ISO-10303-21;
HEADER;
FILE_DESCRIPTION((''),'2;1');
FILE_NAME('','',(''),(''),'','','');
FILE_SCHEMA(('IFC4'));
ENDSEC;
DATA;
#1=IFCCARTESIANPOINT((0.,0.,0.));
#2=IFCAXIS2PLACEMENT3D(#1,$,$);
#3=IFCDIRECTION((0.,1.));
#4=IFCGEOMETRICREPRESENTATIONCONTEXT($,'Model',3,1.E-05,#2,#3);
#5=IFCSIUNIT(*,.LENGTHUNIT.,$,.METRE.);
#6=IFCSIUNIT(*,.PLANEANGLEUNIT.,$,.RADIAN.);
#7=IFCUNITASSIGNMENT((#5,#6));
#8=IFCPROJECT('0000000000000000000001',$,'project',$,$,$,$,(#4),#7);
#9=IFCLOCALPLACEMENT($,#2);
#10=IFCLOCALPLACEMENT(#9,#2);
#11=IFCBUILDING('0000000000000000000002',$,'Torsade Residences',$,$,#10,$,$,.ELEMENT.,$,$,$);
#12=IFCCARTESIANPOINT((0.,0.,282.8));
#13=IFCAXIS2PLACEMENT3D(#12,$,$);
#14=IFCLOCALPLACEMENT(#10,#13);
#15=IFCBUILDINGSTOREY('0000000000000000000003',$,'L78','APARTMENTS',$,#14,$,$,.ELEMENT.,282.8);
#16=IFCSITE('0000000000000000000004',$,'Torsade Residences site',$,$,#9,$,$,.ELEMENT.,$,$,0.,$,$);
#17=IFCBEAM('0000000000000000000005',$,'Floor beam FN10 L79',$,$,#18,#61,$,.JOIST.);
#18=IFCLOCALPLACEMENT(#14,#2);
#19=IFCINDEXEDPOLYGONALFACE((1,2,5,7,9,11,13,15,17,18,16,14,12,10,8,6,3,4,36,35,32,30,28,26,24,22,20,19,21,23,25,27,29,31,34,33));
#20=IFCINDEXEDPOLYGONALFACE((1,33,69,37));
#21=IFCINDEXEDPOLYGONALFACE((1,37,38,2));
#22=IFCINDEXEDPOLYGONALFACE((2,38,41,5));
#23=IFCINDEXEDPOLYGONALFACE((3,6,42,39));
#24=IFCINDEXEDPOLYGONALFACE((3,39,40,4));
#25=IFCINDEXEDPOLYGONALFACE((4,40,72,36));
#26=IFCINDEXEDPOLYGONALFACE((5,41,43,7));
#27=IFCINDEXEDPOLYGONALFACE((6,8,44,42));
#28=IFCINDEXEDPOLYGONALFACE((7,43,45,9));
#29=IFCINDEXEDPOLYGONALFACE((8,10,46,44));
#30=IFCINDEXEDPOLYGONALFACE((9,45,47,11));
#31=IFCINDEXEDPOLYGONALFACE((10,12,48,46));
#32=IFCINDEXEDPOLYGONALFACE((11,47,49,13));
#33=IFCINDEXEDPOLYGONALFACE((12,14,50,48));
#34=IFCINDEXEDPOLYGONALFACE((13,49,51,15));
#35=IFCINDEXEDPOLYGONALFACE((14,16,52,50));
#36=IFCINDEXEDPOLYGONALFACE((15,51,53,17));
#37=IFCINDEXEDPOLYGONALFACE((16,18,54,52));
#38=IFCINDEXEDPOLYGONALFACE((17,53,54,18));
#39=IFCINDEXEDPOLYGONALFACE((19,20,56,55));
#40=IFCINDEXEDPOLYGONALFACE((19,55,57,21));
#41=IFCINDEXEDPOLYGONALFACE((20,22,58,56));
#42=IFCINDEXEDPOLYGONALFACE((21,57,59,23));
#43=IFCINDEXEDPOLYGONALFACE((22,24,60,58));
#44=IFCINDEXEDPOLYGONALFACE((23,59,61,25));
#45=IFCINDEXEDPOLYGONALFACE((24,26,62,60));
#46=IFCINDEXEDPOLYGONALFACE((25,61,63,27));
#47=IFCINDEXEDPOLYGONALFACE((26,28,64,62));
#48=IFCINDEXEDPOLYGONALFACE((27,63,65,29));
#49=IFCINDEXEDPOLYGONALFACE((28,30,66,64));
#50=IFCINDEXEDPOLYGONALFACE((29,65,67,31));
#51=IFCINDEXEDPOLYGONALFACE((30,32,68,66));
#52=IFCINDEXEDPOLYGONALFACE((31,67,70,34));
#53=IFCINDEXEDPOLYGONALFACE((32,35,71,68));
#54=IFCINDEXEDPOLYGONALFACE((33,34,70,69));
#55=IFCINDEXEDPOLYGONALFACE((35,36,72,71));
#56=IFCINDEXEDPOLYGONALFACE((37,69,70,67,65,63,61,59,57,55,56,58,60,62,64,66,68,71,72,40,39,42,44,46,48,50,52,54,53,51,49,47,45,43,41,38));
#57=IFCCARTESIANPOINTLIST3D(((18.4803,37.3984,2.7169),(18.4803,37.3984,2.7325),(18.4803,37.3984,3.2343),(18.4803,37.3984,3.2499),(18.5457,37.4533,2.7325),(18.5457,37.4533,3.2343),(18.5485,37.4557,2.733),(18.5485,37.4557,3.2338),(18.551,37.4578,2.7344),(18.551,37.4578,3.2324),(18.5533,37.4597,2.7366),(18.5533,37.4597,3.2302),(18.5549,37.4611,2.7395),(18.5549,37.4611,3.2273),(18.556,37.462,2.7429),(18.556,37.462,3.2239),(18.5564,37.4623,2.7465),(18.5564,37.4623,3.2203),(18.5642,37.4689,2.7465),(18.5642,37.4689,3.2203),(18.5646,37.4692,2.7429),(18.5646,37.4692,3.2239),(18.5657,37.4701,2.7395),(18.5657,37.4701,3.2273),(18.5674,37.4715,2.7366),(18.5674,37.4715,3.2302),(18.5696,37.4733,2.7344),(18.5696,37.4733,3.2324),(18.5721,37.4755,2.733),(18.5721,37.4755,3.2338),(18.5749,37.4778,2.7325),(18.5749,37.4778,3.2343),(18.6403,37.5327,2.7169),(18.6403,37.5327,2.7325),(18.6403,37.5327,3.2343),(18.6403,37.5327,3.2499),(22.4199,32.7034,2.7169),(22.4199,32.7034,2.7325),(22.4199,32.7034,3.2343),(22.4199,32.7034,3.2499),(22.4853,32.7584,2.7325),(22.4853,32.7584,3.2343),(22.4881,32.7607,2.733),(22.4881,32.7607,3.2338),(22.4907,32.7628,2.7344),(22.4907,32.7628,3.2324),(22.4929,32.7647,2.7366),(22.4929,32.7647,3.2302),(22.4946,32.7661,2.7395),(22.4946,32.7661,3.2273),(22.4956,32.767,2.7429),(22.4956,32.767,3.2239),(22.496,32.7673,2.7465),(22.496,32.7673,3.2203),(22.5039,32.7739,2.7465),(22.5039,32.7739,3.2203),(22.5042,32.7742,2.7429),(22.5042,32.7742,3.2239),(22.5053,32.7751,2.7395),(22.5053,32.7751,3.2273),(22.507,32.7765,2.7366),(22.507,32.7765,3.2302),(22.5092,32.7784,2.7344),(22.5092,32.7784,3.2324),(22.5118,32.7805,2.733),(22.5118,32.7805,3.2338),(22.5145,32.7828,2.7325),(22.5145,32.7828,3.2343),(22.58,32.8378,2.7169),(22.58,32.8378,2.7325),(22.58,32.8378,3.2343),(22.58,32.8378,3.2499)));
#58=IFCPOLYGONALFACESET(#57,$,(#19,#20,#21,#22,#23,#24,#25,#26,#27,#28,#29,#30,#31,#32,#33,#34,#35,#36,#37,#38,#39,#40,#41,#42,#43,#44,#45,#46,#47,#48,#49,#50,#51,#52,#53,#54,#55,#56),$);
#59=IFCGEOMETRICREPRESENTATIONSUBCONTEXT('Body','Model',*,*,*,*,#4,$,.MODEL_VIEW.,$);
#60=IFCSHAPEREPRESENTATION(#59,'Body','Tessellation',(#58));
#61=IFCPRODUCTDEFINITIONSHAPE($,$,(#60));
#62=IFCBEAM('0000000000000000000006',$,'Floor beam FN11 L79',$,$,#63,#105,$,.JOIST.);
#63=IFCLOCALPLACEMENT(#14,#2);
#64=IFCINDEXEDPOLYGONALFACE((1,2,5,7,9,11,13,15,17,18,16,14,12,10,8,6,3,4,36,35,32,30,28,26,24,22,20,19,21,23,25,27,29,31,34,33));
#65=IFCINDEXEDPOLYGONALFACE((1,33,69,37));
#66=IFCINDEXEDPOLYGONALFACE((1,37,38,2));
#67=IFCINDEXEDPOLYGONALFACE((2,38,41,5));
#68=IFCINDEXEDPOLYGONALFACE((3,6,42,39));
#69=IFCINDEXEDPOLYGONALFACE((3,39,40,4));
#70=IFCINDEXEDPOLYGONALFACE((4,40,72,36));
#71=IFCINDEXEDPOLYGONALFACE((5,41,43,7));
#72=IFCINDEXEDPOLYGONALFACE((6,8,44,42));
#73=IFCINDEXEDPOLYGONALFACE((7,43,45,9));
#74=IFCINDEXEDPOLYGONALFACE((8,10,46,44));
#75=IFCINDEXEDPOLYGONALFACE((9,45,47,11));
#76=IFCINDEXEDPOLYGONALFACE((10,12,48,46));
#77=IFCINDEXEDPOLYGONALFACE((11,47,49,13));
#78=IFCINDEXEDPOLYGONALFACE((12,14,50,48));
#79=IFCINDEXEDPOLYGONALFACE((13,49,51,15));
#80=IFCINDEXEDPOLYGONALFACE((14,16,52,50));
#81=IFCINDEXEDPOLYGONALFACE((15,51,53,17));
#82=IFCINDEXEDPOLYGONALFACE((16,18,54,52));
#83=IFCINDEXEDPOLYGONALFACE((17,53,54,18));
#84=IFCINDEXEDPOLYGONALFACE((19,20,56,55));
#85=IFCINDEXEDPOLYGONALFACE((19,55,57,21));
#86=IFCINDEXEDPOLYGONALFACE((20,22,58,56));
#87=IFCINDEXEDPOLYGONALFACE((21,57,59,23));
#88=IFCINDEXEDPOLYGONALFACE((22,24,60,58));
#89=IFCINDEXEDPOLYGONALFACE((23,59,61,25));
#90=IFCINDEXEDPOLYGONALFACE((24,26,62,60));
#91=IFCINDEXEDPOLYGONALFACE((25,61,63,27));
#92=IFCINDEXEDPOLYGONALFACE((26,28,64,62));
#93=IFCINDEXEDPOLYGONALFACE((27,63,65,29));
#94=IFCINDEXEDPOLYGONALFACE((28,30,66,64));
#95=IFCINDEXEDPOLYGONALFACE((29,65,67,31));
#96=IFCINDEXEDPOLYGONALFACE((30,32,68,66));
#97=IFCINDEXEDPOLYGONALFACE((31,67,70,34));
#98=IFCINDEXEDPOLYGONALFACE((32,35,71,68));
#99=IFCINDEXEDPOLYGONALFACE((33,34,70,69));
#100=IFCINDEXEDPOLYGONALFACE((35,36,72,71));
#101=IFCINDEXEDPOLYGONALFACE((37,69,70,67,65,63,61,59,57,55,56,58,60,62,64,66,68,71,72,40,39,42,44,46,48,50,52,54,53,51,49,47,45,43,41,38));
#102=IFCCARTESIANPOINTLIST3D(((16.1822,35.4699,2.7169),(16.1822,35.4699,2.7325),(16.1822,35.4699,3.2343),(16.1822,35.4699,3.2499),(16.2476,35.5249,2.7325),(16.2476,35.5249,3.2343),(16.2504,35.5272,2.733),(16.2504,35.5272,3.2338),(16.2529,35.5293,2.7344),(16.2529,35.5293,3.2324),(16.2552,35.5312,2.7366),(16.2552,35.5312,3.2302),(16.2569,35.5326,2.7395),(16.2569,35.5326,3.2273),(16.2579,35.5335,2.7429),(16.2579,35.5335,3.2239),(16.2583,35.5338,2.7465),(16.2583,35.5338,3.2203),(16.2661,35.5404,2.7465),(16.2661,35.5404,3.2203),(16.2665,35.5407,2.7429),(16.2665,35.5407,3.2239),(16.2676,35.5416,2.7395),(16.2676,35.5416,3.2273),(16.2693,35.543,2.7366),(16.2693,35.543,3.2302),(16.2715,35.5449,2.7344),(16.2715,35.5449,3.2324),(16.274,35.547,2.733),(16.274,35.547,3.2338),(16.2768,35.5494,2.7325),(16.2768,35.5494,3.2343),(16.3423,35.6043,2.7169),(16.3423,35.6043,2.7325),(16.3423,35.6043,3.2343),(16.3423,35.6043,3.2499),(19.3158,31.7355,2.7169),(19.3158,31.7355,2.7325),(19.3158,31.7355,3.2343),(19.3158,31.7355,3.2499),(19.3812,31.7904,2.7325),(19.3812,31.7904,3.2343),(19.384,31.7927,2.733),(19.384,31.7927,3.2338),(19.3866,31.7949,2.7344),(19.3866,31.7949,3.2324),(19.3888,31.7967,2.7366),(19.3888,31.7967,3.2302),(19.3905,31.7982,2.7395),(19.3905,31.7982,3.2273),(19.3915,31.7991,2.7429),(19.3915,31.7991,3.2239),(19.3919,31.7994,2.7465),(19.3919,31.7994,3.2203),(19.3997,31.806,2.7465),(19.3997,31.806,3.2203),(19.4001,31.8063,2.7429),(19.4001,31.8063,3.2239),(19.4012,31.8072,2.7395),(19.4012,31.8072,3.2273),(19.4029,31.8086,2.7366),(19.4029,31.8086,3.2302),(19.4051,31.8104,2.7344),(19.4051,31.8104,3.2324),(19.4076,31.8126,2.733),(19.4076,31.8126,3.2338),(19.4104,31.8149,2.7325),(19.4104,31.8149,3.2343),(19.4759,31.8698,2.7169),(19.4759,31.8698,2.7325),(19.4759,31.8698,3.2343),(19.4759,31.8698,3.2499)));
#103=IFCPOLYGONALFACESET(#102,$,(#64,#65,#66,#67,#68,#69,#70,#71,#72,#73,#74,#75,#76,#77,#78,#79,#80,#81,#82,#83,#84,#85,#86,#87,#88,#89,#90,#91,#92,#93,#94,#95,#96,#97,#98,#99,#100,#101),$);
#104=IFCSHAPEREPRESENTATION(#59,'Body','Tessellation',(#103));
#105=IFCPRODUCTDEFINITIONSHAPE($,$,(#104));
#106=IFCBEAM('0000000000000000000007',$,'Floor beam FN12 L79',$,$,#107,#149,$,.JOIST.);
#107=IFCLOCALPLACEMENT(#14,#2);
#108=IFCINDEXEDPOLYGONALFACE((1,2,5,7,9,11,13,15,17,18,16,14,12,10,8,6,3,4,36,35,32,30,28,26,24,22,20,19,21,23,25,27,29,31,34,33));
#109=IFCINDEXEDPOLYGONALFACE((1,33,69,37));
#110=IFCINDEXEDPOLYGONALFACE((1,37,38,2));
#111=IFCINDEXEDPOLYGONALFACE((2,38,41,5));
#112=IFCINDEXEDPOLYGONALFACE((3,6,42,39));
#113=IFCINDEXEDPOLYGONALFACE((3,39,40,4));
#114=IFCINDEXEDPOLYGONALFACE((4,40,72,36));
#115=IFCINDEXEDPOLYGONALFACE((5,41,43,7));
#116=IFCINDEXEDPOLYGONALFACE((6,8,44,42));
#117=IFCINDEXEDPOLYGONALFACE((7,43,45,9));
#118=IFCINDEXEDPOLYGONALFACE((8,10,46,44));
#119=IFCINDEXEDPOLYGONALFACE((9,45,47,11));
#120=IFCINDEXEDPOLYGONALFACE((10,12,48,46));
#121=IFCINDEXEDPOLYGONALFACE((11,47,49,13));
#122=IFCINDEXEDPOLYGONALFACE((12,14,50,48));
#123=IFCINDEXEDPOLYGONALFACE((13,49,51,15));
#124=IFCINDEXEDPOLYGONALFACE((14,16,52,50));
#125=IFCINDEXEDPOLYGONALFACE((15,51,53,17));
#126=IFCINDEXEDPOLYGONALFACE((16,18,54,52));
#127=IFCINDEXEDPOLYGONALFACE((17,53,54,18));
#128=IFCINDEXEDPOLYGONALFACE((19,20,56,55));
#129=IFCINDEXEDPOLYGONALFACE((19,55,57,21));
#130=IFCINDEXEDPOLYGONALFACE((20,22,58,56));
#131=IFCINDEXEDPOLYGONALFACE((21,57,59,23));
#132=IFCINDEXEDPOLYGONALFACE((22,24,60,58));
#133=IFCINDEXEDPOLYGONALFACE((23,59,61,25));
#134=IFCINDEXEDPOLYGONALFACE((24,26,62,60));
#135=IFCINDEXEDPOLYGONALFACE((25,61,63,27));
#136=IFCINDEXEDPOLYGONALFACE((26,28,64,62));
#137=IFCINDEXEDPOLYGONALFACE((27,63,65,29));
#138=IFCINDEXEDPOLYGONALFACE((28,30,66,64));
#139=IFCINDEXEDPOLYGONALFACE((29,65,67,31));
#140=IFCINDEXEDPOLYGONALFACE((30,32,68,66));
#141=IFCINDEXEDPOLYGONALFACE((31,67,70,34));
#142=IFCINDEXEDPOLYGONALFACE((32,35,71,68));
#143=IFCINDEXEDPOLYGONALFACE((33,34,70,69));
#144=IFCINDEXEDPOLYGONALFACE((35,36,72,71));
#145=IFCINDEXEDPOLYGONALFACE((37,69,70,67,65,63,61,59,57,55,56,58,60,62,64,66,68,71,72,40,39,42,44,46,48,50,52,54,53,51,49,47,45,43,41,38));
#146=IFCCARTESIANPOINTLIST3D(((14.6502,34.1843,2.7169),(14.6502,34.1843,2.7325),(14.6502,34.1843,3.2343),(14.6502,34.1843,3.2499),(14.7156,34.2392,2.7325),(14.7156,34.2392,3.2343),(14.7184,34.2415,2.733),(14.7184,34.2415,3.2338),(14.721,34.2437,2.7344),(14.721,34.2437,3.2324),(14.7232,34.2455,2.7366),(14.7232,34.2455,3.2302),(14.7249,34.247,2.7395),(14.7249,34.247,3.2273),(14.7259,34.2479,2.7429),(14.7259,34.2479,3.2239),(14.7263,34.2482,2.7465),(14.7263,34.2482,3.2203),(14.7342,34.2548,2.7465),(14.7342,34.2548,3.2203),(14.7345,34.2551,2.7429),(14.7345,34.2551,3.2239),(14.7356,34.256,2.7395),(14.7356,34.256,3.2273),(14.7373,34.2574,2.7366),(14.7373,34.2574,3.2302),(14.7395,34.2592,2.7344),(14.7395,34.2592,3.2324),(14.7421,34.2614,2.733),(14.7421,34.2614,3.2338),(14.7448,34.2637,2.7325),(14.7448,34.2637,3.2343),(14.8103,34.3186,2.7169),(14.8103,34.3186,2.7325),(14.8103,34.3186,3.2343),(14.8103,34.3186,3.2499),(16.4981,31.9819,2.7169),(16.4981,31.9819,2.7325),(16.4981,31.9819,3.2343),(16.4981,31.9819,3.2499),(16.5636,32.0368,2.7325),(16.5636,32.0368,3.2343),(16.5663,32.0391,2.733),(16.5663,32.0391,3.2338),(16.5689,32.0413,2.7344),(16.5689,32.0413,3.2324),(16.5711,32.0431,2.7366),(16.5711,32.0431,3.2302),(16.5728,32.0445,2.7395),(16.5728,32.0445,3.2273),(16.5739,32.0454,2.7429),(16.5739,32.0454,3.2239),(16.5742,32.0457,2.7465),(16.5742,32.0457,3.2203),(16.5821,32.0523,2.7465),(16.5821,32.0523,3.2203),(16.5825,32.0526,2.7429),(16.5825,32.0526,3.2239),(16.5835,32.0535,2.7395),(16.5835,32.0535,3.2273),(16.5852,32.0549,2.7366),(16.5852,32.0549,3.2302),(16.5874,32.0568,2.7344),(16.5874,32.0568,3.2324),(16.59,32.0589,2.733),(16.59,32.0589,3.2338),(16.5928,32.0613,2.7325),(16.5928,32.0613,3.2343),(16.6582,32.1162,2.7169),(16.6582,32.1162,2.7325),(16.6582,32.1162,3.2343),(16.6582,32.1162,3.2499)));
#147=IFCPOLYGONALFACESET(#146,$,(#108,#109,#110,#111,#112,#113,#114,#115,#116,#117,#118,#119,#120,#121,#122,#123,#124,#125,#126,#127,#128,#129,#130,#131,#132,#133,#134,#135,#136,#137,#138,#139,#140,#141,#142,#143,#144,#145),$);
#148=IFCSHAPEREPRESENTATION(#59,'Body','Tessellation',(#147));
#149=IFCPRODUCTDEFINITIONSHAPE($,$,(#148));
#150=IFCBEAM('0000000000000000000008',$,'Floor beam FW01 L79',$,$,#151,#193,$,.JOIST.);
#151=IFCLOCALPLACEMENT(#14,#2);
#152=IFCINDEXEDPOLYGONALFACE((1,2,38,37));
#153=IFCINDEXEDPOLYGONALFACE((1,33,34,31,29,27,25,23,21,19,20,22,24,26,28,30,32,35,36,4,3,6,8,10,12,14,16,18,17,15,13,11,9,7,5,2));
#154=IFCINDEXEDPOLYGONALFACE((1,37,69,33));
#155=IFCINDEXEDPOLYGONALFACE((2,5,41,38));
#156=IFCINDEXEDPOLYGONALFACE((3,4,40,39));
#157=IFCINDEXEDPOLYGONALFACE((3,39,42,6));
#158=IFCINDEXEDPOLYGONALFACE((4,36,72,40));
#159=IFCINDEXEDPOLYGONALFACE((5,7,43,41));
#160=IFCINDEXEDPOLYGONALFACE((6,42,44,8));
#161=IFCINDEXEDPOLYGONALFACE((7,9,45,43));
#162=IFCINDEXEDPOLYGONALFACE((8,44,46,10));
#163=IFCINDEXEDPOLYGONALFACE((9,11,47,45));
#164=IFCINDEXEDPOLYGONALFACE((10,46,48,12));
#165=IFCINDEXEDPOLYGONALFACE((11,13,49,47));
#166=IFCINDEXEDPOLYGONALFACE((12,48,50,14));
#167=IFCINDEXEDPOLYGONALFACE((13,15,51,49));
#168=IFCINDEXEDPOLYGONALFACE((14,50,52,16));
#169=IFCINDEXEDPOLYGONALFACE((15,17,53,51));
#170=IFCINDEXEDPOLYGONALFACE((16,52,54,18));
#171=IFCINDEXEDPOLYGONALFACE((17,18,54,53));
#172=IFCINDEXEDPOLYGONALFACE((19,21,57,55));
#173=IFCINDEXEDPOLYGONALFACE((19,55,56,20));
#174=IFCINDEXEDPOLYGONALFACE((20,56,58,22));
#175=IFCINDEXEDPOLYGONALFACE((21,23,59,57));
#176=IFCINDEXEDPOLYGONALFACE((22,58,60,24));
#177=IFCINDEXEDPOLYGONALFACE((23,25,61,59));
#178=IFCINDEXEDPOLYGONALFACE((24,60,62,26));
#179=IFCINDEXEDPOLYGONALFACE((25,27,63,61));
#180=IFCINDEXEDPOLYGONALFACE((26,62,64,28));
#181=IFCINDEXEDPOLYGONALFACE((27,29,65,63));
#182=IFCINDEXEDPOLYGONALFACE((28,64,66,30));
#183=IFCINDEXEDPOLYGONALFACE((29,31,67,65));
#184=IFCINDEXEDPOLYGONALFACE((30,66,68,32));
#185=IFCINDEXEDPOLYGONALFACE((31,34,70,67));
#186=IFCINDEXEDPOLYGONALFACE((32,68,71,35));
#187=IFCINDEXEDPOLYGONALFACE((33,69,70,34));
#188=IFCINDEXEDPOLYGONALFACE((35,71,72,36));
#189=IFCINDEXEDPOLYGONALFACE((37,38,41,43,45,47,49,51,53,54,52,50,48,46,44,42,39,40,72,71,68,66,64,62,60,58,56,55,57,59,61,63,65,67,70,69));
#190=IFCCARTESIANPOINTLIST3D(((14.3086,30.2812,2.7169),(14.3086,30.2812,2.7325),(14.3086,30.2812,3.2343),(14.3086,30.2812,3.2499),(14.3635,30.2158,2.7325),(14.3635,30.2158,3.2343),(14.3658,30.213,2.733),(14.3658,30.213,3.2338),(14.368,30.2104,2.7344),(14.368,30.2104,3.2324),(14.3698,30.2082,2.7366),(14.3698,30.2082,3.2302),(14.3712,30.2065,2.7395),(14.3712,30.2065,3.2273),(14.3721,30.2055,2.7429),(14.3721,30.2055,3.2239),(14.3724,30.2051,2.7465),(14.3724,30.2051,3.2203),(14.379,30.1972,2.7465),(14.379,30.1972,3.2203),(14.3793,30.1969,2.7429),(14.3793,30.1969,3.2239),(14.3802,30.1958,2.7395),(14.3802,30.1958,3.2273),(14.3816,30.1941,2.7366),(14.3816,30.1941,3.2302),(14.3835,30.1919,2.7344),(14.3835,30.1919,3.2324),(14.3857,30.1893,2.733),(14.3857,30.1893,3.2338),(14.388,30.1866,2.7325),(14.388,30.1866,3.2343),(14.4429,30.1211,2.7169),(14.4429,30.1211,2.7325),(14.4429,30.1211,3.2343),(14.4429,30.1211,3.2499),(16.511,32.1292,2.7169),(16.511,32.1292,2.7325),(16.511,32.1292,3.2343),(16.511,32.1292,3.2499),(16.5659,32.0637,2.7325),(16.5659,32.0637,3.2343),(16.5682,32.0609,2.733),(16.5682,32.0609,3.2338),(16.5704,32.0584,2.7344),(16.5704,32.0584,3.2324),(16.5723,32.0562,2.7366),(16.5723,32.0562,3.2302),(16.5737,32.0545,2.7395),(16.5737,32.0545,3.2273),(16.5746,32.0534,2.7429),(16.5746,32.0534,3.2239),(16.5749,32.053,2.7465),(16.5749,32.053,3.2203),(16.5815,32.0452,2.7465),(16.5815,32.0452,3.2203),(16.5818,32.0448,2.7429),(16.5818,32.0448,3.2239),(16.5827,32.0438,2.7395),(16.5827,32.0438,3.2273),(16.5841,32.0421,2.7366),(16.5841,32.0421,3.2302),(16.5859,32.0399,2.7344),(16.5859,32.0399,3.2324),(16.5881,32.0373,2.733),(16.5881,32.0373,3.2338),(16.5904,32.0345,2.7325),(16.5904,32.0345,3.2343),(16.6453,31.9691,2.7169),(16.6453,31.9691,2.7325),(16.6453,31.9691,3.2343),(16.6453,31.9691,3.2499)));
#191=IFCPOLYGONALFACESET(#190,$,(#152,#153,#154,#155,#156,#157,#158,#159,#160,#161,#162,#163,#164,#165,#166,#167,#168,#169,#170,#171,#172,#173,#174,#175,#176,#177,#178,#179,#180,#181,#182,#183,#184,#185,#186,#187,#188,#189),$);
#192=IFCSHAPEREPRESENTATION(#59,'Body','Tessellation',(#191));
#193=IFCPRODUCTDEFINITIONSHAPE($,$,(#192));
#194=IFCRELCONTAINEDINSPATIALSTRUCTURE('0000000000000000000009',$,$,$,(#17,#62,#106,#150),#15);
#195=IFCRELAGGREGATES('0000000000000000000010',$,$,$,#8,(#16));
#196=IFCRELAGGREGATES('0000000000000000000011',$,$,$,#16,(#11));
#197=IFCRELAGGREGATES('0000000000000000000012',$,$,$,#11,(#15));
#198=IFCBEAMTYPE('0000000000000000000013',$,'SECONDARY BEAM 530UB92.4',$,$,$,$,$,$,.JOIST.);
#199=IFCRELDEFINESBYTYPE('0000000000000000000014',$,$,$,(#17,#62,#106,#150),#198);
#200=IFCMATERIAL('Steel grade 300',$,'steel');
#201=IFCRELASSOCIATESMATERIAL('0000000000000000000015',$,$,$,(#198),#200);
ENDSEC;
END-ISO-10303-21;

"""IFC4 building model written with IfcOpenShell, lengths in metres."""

from ifc_helpers import new_model, si_unit, direction, frame, origin, origin_2d, place, context, subcontext, project, spatial, i_section, extrude, material, material_profile, profile_set, type_object, element, save


model = new_model("IFC4")

# Units and contexts
model_context = context("Model", 3, precision=1e-05, world=origin(), true_north=direction((0.0, 1.0)))
body_context = subcontext(model_context, "Body", "Model", "MODEL_VIEW")
ifc_project = project(units=[si_unit("LENGTHUNIT", "METRE"), si_unit("PLANEANGLEUNIT", "RADIAN")], contexts=[model_context])

# Site, building, storey
site_placement = place(None, origin())
site = spatial("IfcSite", under=ifc_project, at=site_placement, Name="Torsade Residences site", CompositionType="ELEMENT", RefElevation=0.0)
building_placement = place(site_placement, origin())
building = spatial("IfcBuilding", under=site, at=building_placement, Name="Torsade Residences", CompositionType="ELEMENT")
storey_placement = place(building_placement, frame((0.0, 0.0, 282.8)))
storey = spatial("IfcBuildingStorey", under=building, at=storey_placement, Name="L78", Description="APARTMENTS", CompositionType="ELEMENT", Elevation=282.8)

# Beams
ifc_material_1 = material(Name="Steel grade 300", Category="steel")
ifc_material_profile_1 = material_profile(ifc_material_1, i_section(OverallWidth=0.209, OverallDepth=0.533, WebThickness=0.0103, FlangeThickness=0.0156, FilletRadius=0.0139, at=origin_2d()), Name="530UB92.4")
ifc_profile_set_1 = profile_set([ifc_material_profile_1], Name="Steel grade 300")
beam_type_1 = type_object("IfcBeamType", Name="SECONDARY BEAM 530UB92.4", PredefinedType="JOIST", material=ifc_profile_set_1)
beam_1_placement = place(storey_placement, frame((18.5603, 37.4656, 2.9834), z_axis=(0.642794, -0.766039, 0.0), x_axis=(0.766039, 0.642794, 0.0)))
element("IfcBeam", 1, at=beam_1_placement, inside=storey, type_object=beam_type_1, Name="Floor beam FN10 L79", PredefinedType="JOIST", context=body_context, shape_type="SweptSolid", body=[
    extrude(i_section(OverallWidth=0.209, OverallDepth=0.533, WebThickness=0.0103, FlangeThickness=0.0156, FilletRadius=0.0139, at=origin_2d()), origin(), (0.0, 0.0, 1.0), 6.1289),
])
beam_2_placement = place(storey_placement, frame((16.2622, 35.5371, 2.9834), z_axis=(0.642791, -0.766041, 0.0), x_axis=(0.766041, 0.642791, 0.0)))
element("IfcBeam", 2, at=beam_2_placement, inside=storey, type_object=beam_type_1, Name="Floor beam FN11 L79", PredefinedType="JOIST", context=body_context, shape_type="SweptSolid", body=[
    extrude(i_section(OverallWidth=0.209, OverallDepth=0.533, WebThickness=0.0103, FlangeThickness=0.0156, FilletRadius=0.0139, at=origin_2d()), origin(), (0.0, 0.0, 1.0), 4.875),
])
for number, where, z_axis, x_axis, name in (
    (3, (14.7302, 34.2515, 2.9834), (0.642762, -0.766066, 0.0), (0.766066, 0.642762, 0.0), "Floor beam FN12 L79"),
    (4, (14.3757, 30.2012, 2.9834), (0.766066, 0.642762, 0.0), (-0.642762, 0.766066, 0.0), "Floor beam FW01 L79"),
):
    element("IfcBeam", number, at=place(storey_placement, frame(where, z_axis=z_axis, x_axis=x_axis)), inside=storey, type_object=beam_type_1, Name=name, PredefinedType="JOIST", context=body_context, shape_type="SweptSolid", body=[
        extrude(i_section(OverallWidth=0.209, OverallDepth=0.533, WebThickness=0.0103, FlangeThickness=0.0156, FilletRadius=0.0139, at=origin_2d()), origin(), (0.0, 0.0, 1.0), 2.875),
    ])

save(model, "model.ifc")
